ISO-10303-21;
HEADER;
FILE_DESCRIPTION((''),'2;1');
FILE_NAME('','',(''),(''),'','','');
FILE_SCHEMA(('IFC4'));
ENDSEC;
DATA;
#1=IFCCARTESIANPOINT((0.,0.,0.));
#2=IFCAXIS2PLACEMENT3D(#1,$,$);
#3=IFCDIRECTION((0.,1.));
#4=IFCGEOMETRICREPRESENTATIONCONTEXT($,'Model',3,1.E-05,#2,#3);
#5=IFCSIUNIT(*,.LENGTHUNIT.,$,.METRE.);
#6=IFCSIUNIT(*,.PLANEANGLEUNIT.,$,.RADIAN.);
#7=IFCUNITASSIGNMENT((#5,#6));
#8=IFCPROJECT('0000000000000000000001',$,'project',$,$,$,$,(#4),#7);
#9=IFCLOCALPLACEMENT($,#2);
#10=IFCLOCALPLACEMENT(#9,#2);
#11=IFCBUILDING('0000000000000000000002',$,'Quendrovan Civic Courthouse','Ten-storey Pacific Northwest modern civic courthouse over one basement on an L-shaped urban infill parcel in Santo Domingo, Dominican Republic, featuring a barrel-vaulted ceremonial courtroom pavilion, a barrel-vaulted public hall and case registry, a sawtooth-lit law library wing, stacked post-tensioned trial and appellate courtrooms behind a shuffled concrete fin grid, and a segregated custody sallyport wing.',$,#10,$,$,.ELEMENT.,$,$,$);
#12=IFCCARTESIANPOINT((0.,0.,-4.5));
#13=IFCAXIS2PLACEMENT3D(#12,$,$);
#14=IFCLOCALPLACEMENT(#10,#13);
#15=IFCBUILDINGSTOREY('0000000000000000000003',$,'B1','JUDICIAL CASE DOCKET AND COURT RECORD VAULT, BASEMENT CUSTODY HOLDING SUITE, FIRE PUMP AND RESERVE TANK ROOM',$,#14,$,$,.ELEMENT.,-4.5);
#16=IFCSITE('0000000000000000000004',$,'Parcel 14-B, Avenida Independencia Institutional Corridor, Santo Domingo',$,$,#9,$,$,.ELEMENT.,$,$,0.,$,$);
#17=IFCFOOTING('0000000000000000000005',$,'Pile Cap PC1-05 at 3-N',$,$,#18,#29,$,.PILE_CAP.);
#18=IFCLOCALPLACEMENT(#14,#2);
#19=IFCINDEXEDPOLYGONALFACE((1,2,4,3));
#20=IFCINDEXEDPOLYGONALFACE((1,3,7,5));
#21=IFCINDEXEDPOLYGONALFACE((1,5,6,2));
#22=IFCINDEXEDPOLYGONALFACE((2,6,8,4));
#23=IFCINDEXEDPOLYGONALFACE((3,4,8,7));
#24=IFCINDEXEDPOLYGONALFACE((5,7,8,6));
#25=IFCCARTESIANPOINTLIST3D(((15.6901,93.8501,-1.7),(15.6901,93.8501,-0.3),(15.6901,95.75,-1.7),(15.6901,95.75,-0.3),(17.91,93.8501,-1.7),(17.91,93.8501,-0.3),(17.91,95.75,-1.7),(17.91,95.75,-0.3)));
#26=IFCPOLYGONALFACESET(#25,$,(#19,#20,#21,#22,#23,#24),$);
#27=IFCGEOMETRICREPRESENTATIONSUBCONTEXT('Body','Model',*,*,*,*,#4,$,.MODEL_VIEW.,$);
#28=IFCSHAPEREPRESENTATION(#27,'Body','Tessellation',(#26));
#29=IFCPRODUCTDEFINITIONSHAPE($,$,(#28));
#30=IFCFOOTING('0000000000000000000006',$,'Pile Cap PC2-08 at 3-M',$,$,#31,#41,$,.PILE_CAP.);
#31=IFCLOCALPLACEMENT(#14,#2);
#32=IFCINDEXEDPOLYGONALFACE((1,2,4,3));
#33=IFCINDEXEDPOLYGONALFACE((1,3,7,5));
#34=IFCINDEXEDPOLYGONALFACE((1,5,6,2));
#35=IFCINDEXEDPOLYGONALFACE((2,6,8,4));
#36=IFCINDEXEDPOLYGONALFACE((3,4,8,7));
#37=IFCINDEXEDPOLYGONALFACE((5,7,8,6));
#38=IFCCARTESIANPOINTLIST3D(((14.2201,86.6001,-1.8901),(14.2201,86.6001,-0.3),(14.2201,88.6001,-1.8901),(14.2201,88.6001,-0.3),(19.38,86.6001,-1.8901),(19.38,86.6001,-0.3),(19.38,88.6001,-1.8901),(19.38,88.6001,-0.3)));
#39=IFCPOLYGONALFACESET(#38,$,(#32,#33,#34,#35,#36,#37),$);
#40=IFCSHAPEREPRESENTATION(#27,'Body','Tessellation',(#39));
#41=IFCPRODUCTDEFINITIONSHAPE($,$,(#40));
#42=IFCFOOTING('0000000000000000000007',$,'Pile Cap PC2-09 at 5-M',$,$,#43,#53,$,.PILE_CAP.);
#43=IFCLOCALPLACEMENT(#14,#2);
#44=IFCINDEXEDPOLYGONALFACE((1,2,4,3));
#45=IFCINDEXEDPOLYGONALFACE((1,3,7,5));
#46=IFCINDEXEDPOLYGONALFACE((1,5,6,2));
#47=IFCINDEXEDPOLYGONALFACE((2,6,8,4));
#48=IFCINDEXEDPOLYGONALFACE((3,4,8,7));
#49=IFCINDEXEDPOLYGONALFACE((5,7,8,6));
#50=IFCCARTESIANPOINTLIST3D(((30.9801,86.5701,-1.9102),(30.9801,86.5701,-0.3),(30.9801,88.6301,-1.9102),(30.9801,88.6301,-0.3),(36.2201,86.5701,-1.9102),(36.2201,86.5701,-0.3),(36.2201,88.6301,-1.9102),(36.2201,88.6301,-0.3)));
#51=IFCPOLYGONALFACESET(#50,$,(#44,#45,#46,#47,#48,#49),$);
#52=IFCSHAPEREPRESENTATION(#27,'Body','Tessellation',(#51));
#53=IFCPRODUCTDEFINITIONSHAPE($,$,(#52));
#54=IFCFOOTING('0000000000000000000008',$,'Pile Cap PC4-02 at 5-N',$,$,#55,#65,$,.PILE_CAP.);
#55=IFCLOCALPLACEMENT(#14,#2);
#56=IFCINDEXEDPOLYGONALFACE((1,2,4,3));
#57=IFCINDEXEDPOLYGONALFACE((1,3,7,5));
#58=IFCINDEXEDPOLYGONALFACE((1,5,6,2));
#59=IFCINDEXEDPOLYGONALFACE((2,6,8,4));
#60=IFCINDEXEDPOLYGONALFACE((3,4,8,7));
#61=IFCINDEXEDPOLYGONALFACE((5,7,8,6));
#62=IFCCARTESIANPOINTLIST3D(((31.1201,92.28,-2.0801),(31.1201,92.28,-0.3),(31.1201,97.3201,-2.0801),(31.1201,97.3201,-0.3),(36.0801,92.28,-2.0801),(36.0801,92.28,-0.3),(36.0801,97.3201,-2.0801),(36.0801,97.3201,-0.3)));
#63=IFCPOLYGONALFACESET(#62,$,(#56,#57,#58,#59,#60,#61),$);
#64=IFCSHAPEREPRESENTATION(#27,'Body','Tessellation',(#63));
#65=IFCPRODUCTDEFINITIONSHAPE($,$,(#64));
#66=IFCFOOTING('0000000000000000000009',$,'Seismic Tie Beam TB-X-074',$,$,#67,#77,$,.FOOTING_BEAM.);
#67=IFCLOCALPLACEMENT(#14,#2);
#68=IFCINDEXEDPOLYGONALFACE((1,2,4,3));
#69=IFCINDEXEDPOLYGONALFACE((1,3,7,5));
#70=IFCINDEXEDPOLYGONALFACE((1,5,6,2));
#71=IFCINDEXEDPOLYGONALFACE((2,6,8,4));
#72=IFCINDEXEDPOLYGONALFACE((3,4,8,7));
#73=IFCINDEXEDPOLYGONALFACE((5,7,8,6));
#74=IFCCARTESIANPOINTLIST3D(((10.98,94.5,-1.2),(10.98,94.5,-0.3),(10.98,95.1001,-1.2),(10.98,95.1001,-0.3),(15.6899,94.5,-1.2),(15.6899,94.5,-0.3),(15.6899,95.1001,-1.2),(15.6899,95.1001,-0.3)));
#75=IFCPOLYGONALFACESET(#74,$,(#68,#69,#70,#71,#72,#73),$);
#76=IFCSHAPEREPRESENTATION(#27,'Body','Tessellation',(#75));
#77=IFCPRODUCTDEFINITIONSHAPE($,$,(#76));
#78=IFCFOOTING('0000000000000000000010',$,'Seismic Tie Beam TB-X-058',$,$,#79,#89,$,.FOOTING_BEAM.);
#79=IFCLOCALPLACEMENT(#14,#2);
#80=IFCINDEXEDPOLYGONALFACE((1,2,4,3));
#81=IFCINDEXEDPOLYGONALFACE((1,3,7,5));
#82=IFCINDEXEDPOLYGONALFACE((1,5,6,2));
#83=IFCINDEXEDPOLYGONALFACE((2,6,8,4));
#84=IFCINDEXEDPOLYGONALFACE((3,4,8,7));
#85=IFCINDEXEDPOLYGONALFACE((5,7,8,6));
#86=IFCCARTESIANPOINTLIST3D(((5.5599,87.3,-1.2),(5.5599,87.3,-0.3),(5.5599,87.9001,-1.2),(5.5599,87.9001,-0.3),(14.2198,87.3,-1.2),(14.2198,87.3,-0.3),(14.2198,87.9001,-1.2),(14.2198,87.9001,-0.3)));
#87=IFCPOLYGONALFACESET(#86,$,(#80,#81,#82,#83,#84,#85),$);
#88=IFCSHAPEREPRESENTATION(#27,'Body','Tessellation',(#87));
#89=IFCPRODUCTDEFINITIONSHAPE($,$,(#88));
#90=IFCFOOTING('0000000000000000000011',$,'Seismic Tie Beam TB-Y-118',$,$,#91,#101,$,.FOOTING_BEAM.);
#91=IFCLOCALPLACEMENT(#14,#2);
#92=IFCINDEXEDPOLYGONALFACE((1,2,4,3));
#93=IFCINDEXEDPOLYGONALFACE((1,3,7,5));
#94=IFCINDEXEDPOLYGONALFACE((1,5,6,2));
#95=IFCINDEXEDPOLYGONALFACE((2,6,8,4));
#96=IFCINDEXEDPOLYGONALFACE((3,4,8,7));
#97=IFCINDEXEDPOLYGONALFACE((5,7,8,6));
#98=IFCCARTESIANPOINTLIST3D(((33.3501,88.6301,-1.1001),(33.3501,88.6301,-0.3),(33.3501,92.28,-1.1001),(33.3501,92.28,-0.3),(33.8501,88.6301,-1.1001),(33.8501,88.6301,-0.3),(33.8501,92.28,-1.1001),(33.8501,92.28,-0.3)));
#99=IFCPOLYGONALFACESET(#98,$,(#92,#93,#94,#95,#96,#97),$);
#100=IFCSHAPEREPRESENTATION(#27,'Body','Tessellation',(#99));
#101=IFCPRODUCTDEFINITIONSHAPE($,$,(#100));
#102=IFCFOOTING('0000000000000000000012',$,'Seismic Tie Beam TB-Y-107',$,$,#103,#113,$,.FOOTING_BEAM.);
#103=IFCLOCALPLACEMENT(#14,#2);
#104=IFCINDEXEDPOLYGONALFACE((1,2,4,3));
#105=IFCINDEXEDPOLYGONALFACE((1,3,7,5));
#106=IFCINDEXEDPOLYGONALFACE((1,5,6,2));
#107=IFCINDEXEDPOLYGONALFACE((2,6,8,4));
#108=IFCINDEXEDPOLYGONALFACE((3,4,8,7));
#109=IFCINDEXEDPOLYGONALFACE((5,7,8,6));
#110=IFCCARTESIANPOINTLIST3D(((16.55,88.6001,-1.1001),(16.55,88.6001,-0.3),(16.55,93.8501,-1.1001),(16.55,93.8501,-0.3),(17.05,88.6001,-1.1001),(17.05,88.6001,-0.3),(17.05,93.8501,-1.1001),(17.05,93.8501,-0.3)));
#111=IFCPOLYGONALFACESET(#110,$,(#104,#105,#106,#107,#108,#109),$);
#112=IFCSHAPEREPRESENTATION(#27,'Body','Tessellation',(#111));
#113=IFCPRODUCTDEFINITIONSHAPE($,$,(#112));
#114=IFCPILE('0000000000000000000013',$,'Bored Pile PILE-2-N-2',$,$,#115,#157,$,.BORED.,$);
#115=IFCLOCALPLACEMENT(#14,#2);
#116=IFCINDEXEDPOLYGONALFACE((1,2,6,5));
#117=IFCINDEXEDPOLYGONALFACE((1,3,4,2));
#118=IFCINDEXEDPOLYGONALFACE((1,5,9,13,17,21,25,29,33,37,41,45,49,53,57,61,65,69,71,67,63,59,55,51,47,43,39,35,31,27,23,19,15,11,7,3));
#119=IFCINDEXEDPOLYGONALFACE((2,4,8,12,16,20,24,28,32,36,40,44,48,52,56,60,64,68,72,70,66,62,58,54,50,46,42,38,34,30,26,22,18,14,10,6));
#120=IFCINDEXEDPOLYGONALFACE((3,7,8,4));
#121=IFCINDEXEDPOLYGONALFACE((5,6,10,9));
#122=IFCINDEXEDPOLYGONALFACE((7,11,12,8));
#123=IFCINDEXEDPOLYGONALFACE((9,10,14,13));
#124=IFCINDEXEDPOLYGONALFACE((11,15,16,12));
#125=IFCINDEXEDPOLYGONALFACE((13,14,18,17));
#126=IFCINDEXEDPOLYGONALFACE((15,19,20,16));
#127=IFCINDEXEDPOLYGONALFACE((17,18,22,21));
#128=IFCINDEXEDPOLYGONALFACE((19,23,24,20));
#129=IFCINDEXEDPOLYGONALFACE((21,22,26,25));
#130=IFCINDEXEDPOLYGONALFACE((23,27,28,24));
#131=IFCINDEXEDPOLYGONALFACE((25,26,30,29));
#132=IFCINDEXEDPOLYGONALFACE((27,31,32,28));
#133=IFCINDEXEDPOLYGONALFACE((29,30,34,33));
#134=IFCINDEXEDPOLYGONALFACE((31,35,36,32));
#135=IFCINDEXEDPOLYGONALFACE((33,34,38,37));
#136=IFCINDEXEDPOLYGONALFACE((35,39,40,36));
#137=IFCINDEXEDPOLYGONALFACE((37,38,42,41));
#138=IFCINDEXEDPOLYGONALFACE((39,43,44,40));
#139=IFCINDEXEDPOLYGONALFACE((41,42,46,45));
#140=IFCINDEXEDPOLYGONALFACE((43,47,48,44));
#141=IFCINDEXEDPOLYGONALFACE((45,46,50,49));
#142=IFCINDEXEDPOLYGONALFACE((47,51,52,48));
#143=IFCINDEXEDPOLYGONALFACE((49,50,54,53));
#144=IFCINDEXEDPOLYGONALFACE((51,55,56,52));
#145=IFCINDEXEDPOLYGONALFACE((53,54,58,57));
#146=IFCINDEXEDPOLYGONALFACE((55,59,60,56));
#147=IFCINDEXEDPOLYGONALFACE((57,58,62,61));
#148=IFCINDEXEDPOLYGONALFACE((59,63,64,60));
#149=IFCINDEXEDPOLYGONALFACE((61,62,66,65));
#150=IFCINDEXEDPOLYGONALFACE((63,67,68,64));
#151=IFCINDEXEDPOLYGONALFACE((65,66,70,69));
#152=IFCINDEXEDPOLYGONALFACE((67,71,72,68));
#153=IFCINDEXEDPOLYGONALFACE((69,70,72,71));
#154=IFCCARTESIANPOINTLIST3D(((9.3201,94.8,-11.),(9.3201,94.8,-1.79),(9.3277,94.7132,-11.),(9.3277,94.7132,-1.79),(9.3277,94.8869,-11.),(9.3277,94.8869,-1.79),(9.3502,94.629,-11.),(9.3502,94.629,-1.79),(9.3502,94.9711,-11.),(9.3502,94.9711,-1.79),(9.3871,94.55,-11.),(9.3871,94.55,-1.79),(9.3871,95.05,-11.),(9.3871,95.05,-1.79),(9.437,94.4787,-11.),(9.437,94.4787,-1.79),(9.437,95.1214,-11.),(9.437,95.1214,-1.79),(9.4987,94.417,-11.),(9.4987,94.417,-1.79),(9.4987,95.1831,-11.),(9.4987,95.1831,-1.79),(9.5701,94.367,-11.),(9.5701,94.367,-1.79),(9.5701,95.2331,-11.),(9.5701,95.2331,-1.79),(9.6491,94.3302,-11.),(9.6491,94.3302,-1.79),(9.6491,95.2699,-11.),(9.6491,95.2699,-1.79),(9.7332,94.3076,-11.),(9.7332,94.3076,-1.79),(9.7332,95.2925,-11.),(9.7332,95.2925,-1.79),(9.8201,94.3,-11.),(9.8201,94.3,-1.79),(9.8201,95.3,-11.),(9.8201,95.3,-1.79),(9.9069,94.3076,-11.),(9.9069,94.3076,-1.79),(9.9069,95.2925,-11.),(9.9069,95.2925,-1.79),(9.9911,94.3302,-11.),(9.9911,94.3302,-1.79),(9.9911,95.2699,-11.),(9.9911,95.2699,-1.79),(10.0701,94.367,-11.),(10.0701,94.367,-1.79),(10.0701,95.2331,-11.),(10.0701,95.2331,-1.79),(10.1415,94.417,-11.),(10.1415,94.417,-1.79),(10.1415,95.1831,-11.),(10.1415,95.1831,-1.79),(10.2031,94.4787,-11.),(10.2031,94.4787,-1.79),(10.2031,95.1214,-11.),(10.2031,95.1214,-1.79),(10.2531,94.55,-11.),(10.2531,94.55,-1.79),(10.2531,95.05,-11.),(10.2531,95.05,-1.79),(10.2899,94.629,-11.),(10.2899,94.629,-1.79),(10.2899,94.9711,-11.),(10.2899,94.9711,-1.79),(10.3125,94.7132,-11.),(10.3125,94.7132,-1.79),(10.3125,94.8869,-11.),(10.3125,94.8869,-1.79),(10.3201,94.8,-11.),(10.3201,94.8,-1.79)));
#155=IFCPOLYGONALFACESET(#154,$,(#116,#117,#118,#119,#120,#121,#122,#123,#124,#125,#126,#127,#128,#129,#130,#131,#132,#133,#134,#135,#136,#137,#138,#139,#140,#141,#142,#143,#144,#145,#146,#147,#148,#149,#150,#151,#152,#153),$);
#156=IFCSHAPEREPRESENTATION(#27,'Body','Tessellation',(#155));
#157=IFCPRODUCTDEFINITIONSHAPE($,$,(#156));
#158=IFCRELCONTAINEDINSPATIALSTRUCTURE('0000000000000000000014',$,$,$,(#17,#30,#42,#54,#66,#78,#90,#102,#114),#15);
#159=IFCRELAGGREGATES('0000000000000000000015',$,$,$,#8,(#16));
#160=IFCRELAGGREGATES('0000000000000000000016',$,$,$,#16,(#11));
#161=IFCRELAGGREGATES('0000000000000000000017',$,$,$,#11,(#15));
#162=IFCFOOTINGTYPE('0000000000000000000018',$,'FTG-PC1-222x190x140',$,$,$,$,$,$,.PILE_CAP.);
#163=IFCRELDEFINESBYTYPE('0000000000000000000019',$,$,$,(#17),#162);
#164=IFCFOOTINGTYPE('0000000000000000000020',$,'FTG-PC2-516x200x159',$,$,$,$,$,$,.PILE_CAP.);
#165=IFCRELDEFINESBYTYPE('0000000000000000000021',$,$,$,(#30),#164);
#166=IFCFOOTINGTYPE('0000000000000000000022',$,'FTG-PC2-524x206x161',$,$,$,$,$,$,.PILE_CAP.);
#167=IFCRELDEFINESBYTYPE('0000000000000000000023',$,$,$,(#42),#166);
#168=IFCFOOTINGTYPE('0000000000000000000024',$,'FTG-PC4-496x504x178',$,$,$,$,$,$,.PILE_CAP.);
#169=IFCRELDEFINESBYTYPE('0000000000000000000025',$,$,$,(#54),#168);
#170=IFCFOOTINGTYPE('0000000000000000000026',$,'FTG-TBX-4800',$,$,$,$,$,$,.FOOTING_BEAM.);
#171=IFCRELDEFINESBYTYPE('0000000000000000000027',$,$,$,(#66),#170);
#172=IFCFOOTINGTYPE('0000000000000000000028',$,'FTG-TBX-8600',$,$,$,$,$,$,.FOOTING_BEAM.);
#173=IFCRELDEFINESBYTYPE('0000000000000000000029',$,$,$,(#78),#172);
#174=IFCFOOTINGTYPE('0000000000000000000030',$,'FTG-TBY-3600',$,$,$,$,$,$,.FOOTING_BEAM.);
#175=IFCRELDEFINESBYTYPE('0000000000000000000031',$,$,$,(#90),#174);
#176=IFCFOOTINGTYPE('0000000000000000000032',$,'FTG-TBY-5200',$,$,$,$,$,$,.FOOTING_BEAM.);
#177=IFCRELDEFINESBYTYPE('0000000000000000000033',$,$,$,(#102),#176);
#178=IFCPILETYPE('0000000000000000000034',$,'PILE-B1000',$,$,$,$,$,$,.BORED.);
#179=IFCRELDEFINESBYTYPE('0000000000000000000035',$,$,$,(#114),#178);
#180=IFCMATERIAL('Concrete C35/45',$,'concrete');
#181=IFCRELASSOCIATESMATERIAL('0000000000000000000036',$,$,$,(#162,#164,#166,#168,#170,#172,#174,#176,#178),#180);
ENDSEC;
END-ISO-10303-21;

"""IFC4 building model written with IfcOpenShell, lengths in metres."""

from ifc_helpers import new_model, si_unit, direction, frame, origin, origin_2d, place, context, subcontext, project, spatial, rectangle, circle, extrude, material, material_profile, profile_set, type_object, element, save


model = new_model("IFC4")

# Units and contexts
model_context = context("Model", 3, precision=1e-05, world=origin(), true_north=direction((0.0, 1.0)))
body_context = subcontext(model_context, "Body", "Model", "MODEL_VIEW")
ifc_project = project(units=[si_unit("LENGTHUNIT", "METRE"), si_unit("PLANEANGLEUNIT", "RADIAN")], contexts=[model_context])

# Site, building, storey
site_placement = place(None, origin())
site = spatial("IfcSite", under=ifc_project, at=site_placement, Name="Parcel 14-B, Avenida Independencia Institutional Corridor, Santo Domingo", CompositionType="ELEMENT", RefElevation=0.0)
building_placement = place(site_placement, origin())
building = spatial("IfcBuilding", under=site, at=building_placement, Name="Quendrovan Civic Courthouse", Description="Ten-storey Pacific Northwest modern civic courthouse over one basement on an L-shaped urban infill parcel in Santo Domingo, Dominican Republic, featuring a barrel-vaulted ceremonial courtroom pavilion, a barrel-vaulted public hall and case registry, a sawtooth-lit law library wing, stacked post-tensioned trial and appellate courtrooms behind a shuffled concrete fin grid, and a segregated custody sallyport wing.", CompositionType="ELEMENT")
storey_placement = place(building_placement, frame((0.0, 0.0, -4.5)))
storey = spatial("IfcBuildingStorey", under=building, at=storey_placement, Name="B1", Description="JUDICIAL CASE DOCKET AND COURT RECORD VAULT, BASEMENT CUSTODY HOLDING SUITE, FIRE PUMP AND RESERVE TANK ROOM", CompositionType="ELEMENT", Elevation=-4.5)

# Footings
ifc_material_1 = material(Name="Concrete C35/45", Category="concrete")
footing_type_1 = type_object("IfcFootingType", Name="FTG-PC1-222x190x140", PredefinedType="PILE_CAP", material=ifc_material_1)
footing_1_placement = place(storey_placement, frame((16.8, 94.8, -1.7), z_axis=(0.0, 0.0, 1.0), x_axis=(1.0, 0.0, 0.0)))
element("IfcFooting", 1, at=footing_1_placement, inside=storey, type_object=footing_type_1, Name="Pile Cap PC1-05 at 3-N", PredefinedType="PILE_CAP", context=body_context, shape_type="SweptSolid", body=[
    extrude(rectangle(XDim=2.22, YDim=1.8999, at=origin_2d()), origin(), (0.0, 0.0, 1.0), 1.3999),
])
footing_type_2 = type_object("IfcFootingType", Name="FTG-PC2-516x200x159", PredefinedType="PILE_CAP", material=ifc_material_1)
footing_2_placement = place(storey_placement, frame((16.8, 87.6001, -1.8901), z_axis=(0.0, 0.0, 1.0), x_axis=(1.0, 0.0, 0.0)))
element("IfcFooting", 2, at=footing_2_placement, inside=storey, type_object=footing_type_2, Name="Pile Cap PC2-08 at 3-M", PredefinedType="PILE_CAP", context=body_context, shape_type="SweptSolid", body=[
    extrude(rectangle(XDim=5.1599, YDim=2.0, at=origin_2d()), origin(), (0.0, 0.0, 1.0), 1.5901),
])
footing_type_3 = type_object("IfcFootingType", Name="FTG-PC2-524x206x161", PredefinedType="PILE_CAP", material=ifc_material_1)
footing_3_placement = place(storey_placement, frame((33.6001, 87.6001, -1.9102), z_axis=(0.0, 0.0, 1.0), x_axis=(1.0, 0.0, 0.0)))
element("IfcFooting", 3, at=footing_3_placement, inside=storey, type_object=footing_type_3, Name="Pile Cap PC2-09 at 5-M", PredefinedType="PILE_CAP", context=body_context, shape_type="SweptSolid", body=[
    extrude(rectangle(XDim=5.24, YDim=2.0601, at=origin_2d()), origin(), (0.0, 0.0, 1.0), 1.6101),
])
footing_type_4 = type_object("IfcFootingType", Name="FTG-PC4-496x504x178", PredefinedType="PILE_CAP", material=ifc_material_1)
footing_4_placement = place(storey_placement, frame((33.6001, 94.8, -2.0801), z_axis=(0.0, 0.0, 1.0), x_axis=(1.0, 0.0, 0.0)))
element("IfcFooting", 4, at=footing_4_placement, inside=storey, type_object=footing_type_4, Name="Pile Cap PC4-02 at 5-N", PredefinedType="PILE_CAP", context=body_context, shape_type="SweptSolid", body=[
    extrude(rectangle(XDim=4.96, YDim=5.04, at=origin_2d()), origin(), (0.0, 0.0, 1.0), 1.78),
])
footing_type_5 = type_object("IfcFootingType", Name="FTG-TBX-4800", PredefinedType="FOOTING_BEAM", material=ifc_material_1)
footing_5_placement = place(storey_placement, frame((13.335, 94.8, -1.2), z_axis=(0.0, 0.0, 1.0), x_axis=(1.0, 0.0, 0.0)))
element("IfcFooting", 5, at=footing_5_placement, inside=storey, type_object=footing_type_5, Name="Seismic Tie Beam TB-X-074", PredefinedType="FOOTING_BEAM", context=body_context, shape_type="SweptSolid", body=[
    extrude(rectangle(XDim=4.71, YDim=0.6001, at=origin_2d()), origin(), (0.0, 0.0, 1.0), 0.8999),
])
footing_type_6 = type_object("IfcFootingType", Name="FTG-TBX-8600", PredefinedType="FOOTING_BEAM", material=ifc_material_1)
footing_6_placement = place(storey_placement, frame((9.8899, 87.6001, -1.2), z_axis=(0.0, 0.0, 1.0), x_axis=(1.0, 0.0, 0.0)))
element("IfcFooting", 6, at=footing_6_placement, inside=storey, type_object=footing_type_6, Name="Seismic Tie Beam TB-X-058", PredefinedType="FOOTING_BEAM", context=body_context, shape_type="SweptSolid", body=[
    extrude(rectangle(XDim=8.6599, YDim=0.6001, at=origin_2d()), origin(), (0.0, 0.0, 1.0), 0.8999),
])
footing_type_7 = type_object("IfcFootingType", Name="FTG-TBY-3600", PredefinedType="FOOTING_BEAM", material=ifc_material_1)
footing_7_placement = place(storey_placement, frame((33.6001, 90.4551, -1.1001), z_axis=(0.0, 0.0, 1.0), x_axis=(1.0, 0.0, 0.0)))
element("IfcFooting", 7, at=footing_7_placement, inside=storey, type_object=footing_type_7, Name="Seismic Tie Beam TB-Y-118", PredefinedType="FOOTING_BEAM", context=body_context, shape_type="SweptSolid", body=[
    extrude(rectangle(XDim=0.5, YDim=3.6499, at=origin_2d()), origin(), (0.0, 0.0, 1.0), 0.8),
])
footing_type_8 = type_object("IfcFootingType", Name="FTG-TBY-5200", PredefinedType="FOOTING_BEAM", material=ifc_material_1)
footing_8_placement = place(storey_placement, frame((16.8, 91.2251, -1.1001), z_axis=(0.0, 0.0, 1.0), x_axis=(1.0, 0.0, 0.0)))
element("IfcFooting", 8, at=footing_8_placement, inside=storey, type_object=footing_type_8, Name="Seismic Tie Beam TB-Y-107", PredefinedType="FOOTING_BEAM", context=body_context, shape_type="SweptSolid", body=[
    extrude(rectangle(XDim=0.5, YDim=5.25, at=origin_2d()), origin(), (0.0, 0.0, 1.0), 0.8),
])

# Pile
ifc_material_profile_1 = material_profile(ifc_material_1, circle(Radius=0.5, at=origin_2d()), Name="PILE-D1000")
ifc_profile_set_1 = profile_set([ifc_material_profile_1], Name="Concrete C35/45")
pile_type_1 = type_object("IfcPileType", Name="PILE-B1000", PredefinedType="BORED", material=ifc_profile_set_1)
for number, where, z_axis, x_axis, name in (
    (9, (9.8201, 94.8, -1.79), (0.0, 0.0, -1.0), (1.0, 0.0, 0.0), "Bored Pile PILE-2-N-2"),
):
    element("IfcPile", number, at=place(storey_placement, frame(where, z_axis=z_axis, x_axis=x_axis)), inside=storey, type_object=pile_type_1, Name=name, PredefinedType="BORED", context=body_context, shape_type="SweptSolid", body=[
        extrude(circle(Radius=0.5, at=origin_2d()), origin(), (0.0, 0.0, 1.0), 9.21),
    ])

save(model, "model.ifc")
